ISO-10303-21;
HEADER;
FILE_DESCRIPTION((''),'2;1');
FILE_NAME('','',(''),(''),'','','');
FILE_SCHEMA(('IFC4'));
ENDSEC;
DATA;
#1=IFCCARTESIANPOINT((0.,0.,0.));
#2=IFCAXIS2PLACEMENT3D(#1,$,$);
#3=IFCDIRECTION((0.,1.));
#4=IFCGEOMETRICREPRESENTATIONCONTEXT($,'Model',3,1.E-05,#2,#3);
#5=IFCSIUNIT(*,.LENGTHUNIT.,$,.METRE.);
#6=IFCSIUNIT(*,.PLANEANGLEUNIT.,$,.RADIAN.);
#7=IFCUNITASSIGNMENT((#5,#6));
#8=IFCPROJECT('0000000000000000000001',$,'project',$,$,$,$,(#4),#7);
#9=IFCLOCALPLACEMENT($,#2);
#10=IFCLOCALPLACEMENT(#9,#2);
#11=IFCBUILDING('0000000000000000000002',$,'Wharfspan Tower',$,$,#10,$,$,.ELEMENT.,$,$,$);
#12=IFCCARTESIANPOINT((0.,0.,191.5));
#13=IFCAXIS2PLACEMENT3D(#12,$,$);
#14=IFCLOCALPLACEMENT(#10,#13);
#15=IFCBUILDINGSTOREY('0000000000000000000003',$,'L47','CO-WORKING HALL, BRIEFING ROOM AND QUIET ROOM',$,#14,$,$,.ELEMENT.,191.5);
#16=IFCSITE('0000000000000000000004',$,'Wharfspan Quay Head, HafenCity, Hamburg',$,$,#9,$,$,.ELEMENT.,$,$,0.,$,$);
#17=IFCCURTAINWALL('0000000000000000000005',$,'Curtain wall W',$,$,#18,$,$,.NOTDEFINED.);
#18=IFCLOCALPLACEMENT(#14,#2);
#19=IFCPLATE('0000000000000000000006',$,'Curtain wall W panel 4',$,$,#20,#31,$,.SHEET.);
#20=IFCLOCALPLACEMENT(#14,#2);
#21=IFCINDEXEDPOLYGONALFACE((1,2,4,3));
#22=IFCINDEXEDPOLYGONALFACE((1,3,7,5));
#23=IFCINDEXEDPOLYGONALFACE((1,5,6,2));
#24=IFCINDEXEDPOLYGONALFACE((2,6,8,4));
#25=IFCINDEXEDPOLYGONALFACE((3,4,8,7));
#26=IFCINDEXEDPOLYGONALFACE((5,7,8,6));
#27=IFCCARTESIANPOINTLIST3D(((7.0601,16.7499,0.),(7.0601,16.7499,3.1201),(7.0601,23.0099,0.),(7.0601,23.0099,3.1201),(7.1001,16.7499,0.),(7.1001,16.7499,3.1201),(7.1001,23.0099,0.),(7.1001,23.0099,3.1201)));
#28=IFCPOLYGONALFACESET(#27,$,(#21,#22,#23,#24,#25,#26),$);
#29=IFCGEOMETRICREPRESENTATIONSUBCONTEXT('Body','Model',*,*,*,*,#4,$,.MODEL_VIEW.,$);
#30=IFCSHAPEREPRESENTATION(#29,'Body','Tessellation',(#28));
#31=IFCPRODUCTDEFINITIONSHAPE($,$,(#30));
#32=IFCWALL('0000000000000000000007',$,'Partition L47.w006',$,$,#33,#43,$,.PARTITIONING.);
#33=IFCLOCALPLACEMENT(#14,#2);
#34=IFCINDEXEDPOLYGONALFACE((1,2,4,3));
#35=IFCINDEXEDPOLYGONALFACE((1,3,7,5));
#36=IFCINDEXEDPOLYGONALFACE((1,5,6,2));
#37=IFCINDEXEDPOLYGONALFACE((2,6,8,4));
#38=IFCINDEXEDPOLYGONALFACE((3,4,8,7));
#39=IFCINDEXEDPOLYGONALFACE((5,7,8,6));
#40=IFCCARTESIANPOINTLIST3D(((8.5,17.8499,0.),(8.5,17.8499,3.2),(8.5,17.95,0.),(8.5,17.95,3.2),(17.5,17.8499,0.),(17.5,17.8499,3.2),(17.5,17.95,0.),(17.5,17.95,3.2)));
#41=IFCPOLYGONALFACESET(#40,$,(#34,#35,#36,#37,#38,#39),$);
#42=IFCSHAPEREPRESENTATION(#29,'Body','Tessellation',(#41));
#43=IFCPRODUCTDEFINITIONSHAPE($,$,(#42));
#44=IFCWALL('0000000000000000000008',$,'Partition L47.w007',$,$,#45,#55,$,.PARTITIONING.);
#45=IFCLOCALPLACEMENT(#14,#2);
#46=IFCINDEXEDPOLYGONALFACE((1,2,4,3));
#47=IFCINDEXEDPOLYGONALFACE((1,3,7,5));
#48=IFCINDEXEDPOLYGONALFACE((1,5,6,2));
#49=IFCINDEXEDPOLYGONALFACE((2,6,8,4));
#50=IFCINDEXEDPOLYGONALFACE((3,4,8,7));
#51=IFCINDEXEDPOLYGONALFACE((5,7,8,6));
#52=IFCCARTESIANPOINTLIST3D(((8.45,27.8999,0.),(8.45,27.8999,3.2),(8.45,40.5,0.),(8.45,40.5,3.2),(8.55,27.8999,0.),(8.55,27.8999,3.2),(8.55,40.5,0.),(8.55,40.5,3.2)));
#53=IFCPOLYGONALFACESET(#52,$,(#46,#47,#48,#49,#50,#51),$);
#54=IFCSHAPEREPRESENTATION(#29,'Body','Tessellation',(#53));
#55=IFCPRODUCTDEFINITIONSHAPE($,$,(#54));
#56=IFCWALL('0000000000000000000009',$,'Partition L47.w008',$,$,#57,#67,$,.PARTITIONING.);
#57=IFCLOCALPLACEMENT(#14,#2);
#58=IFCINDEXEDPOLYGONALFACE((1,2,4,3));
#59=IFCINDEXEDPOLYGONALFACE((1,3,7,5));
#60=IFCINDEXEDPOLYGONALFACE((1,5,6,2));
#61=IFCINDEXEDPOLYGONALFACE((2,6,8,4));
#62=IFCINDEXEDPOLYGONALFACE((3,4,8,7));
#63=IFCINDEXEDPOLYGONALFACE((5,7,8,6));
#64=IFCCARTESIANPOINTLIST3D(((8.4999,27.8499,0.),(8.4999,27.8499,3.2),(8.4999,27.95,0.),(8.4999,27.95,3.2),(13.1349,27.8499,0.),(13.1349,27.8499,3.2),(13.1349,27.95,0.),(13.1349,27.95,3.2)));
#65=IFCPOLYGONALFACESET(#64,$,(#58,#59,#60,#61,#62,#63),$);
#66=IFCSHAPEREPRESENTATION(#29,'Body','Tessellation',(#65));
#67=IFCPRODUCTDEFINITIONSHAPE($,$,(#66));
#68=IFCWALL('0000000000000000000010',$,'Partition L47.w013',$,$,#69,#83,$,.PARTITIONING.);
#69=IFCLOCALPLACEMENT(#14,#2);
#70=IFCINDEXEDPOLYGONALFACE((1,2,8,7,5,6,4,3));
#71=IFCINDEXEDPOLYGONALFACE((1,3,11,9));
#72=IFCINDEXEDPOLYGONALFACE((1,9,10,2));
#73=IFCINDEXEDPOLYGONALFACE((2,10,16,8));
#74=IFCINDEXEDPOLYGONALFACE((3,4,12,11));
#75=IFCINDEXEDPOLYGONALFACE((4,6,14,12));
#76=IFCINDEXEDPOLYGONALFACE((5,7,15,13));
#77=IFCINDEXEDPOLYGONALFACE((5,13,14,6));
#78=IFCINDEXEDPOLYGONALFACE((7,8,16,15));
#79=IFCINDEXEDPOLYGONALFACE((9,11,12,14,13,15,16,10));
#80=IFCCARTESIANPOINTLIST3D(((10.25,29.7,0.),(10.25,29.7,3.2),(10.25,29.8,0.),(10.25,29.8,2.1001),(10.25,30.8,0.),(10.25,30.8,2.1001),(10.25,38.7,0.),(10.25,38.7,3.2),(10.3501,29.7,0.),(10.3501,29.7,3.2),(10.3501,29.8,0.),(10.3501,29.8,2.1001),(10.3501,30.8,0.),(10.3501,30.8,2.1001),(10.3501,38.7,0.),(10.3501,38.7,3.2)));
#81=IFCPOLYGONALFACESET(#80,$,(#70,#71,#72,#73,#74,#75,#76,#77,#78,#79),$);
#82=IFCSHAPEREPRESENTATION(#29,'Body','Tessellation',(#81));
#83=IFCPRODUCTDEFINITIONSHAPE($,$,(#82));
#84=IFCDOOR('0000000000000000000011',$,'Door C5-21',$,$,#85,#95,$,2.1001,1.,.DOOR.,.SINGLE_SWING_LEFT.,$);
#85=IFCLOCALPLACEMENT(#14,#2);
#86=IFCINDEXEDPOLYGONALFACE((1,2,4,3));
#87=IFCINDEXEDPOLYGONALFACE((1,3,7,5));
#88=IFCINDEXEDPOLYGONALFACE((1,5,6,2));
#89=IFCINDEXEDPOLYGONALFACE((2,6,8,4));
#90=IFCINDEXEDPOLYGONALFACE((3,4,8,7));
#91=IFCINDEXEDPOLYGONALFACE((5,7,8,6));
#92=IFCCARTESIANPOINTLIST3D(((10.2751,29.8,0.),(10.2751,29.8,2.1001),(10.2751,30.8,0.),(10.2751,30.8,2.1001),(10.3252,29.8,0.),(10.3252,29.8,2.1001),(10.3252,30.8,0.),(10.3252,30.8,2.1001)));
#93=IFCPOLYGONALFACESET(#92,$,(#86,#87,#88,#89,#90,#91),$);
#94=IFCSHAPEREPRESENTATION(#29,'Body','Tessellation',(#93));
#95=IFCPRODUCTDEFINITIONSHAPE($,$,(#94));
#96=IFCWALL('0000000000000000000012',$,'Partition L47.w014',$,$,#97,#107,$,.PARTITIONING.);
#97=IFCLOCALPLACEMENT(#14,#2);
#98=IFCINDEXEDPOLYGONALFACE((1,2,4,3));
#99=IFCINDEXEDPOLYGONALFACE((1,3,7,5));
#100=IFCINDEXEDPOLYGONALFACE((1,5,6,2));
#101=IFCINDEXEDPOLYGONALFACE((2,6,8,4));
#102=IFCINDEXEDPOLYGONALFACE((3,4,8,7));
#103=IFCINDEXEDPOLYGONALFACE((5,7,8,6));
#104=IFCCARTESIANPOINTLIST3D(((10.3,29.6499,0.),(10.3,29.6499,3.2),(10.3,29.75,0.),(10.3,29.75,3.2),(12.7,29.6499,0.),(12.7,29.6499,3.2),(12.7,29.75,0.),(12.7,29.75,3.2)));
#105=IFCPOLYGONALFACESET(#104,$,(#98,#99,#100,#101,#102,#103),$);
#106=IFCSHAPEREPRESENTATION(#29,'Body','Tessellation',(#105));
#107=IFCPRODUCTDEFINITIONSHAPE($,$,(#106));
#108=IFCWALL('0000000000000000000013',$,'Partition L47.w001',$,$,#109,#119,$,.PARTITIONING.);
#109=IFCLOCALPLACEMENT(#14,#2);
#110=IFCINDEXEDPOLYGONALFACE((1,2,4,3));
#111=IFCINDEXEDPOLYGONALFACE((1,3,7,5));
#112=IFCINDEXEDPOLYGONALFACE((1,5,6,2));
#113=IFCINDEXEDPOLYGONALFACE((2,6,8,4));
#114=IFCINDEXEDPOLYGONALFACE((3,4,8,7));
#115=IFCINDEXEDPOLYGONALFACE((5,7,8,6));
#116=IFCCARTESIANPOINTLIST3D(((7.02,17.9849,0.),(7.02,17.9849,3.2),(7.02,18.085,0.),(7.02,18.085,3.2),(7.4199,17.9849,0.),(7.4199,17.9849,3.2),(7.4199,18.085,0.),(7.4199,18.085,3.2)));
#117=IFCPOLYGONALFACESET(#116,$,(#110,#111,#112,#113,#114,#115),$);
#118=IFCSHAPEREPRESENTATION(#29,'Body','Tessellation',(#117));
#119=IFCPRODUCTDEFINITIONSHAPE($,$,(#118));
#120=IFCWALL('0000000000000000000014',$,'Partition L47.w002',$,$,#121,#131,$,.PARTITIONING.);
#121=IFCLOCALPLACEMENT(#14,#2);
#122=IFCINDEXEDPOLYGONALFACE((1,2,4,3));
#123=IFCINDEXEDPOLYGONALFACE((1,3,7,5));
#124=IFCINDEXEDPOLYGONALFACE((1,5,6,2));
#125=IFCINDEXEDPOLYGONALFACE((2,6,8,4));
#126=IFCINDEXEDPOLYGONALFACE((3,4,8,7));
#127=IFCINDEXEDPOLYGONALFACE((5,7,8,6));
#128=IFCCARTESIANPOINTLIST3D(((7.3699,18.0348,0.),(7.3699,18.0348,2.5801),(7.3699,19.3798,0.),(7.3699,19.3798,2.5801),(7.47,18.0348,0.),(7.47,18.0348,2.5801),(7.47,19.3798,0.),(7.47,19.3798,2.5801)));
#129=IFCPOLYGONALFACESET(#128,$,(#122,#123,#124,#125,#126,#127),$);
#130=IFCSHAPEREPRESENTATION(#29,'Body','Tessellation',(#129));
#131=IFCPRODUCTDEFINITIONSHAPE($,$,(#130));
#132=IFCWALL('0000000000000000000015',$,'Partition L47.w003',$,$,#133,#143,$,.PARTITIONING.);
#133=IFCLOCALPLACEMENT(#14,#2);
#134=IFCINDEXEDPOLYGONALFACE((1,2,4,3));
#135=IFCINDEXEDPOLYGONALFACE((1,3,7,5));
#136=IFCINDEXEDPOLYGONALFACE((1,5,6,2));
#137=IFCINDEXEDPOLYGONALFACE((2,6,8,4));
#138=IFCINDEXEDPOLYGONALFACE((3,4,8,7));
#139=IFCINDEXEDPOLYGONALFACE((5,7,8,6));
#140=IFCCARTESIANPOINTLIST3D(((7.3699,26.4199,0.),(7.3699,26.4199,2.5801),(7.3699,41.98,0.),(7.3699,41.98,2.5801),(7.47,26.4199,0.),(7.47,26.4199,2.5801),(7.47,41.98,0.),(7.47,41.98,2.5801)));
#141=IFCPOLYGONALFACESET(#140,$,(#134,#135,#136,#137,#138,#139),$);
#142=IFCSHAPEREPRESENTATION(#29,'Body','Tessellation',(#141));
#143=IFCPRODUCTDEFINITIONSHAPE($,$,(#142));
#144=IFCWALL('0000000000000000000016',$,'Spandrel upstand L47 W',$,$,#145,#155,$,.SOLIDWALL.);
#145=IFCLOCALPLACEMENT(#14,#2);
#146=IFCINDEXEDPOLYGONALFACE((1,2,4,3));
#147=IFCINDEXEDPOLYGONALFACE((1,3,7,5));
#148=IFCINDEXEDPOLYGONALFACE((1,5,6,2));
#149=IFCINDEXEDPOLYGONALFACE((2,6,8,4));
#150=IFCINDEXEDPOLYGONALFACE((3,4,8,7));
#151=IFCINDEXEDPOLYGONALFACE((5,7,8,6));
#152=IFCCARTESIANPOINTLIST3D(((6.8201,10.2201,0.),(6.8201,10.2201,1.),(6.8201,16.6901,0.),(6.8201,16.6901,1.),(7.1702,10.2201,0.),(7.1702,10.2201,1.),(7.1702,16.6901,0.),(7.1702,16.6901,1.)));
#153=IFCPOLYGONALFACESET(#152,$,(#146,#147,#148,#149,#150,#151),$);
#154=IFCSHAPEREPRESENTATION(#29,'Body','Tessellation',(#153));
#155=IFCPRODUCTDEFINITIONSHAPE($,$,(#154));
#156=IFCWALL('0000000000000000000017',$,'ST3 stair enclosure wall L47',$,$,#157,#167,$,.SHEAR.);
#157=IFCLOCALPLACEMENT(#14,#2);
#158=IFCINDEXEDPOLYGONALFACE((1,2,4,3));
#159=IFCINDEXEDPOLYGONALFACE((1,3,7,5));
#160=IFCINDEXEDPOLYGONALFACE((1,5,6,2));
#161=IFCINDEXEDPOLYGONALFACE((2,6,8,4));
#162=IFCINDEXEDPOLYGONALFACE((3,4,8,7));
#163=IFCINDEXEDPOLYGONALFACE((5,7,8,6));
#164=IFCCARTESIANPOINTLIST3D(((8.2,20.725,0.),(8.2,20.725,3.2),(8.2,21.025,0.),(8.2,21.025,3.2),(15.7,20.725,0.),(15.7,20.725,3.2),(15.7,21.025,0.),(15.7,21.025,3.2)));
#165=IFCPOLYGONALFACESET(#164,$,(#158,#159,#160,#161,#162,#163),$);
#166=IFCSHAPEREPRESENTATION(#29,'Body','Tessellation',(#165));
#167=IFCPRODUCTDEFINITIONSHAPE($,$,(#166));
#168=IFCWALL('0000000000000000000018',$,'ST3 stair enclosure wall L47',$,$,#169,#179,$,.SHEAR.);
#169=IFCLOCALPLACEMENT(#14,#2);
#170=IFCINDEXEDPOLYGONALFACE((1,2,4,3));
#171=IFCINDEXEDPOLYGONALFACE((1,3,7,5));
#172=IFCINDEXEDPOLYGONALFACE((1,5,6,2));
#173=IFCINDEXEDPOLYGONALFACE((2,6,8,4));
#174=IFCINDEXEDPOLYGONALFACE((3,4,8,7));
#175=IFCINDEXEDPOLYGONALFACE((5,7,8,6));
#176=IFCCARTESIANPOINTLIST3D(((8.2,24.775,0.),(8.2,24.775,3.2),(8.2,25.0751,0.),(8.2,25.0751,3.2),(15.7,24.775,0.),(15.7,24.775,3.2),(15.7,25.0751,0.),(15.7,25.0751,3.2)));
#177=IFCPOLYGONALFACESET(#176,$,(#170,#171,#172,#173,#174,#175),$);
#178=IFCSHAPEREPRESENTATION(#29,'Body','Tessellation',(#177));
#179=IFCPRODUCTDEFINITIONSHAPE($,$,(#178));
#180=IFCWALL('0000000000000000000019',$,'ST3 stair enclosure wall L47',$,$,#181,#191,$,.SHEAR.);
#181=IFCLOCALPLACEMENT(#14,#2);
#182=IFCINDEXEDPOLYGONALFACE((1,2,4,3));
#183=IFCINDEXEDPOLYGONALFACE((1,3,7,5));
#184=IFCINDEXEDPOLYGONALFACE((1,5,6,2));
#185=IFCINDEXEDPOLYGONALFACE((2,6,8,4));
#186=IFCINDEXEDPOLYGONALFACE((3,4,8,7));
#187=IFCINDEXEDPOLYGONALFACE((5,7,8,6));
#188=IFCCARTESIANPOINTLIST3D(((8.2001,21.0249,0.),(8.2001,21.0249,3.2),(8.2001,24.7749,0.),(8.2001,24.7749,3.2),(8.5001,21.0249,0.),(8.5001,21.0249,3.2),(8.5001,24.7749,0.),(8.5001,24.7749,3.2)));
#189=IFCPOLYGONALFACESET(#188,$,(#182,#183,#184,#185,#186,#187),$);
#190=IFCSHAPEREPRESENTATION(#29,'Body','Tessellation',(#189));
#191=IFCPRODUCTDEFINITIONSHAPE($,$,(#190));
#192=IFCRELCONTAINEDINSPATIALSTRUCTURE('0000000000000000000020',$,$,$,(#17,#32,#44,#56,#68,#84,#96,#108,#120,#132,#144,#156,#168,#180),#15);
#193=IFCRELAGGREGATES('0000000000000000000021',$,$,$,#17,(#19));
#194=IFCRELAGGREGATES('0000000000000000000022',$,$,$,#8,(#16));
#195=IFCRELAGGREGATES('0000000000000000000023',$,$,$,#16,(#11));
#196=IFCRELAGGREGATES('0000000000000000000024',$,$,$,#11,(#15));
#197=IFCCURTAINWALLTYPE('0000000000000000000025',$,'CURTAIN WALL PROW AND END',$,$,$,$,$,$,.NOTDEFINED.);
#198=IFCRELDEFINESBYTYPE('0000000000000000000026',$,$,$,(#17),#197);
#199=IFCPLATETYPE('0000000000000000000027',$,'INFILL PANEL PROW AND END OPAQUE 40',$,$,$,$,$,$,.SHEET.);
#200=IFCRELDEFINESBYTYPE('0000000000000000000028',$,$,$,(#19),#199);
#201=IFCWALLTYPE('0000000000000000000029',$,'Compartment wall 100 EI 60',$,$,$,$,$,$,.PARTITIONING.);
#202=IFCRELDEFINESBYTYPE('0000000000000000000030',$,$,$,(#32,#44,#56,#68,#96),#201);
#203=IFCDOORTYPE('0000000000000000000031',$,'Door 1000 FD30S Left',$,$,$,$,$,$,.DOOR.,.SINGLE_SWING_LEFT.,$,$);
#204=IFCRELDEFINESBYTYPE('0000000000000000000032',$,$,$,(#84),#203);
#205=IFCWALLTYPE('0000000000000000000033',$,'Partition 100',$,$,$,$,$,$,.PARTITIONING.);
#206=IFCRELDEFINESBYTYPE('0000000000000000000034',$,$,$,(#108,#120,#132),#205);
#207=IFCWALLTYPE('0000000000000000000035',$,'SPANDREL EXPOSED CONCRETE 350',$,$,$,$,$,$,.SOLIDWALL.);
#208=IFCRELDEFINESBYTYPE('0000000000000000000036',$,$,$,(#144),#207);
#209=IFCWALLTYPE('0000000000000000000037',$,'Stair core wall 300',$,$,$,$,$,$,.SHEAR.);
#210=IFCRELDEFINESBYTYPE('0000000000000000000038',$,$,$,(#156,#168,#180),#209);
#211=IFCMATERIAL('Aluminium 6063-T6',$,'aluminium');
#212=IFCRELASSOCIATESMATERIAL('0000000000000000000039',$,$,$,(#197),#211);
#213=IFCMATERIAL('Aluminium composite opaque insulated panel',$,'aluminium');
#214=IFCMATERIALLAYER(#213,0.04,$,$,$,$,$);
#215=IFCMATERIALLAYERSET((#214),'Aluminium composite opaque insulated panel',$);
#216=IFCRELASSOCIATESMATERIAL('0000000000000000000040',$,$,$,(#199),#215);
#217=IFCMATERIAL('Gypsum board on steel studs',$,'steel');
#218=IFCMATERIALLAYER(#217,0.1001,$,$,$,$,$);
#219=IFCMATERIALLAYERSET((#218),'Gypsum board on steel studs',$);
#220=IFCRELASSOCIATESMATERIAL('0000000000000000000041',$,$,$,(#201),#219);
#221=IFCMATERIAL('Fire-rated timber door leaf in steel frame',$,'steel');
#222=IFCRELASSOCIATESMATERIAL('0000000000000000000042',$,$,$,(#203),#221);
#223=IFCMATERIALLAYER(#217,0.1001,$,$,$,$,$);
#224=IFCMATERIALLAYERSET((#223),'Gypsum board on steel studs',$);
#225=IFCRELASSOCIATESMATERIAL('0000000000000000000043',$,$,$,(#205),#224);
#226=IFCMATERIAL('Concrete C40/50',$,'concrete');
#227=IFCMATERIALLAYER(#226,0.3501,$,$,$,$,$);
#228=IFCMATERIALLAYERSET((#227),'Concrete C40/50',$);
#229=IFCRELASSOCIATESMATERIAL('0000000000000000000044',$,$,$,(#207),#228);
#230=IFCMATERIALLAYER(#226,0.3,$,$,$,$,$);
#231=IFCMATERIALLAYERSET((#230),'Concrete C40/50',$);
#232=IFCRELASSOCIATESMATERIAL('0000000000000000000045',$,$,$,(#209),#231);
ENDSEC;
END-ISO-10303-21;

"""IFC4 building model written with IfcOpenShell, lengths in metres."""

from ifc_helpers import new_model, si_unit, direction, frame, frame_2d, origin, origin_2d, place, context, subcontext, project, spatial, rectangle, extrude, material, layer, layer_set, type_object, element, fill, aggregate, save


model = new_model("IFC4")

# Units and contexts
model_context = context("Model", 3, precision=1e-05, world=origin(), true_north=direction((0.0, 1.0)))
body_context = subcontext(model_context, "Body", "Model", "MODEL_VIEW")
ifc_project = project(units=[si_unit("LENGTHUNIT", "METRE"), si_unit("PLANEANGLEUNIT", "RADIAN")], contexts=[model_context])

# Site, building, storey
site_placement = place(None, origin())
site = spatial("IfcSite", under=ifc_project, at=site_placement, Name="Wharfspan Quay Head, HafenCity, Hamburg", CompositionType="ELEMENT", RefElevation=0.0)
building_placement = place(site_placement, origin())
building = spatial("IfcBuilding", under=site, at=building_placement, Name="Wharfspan Tower", CompositionType="ELEMENT")
storey_placement = place(building_placement, frame((0.0, 0.0, 191.5)))
storey = spatial("IfcBuildingStorey", under=building, at=storey_placement, Name="L47", Description="CO-WORKING HALL, BRIEFING ROOM AND QUIET ROOM", CompositionType="ELEMENT", Elevation=191.5)

# Curtain wall
ifc_material_1 = material(Name="Aluminium 6063-T6", Category="aluminium")
curtain_wall_type = type_object("IfcCurtainWallType", Name="CURTAIN WALL PROW AND END", PredefinedType="NOTDEFINED", material=ifc_material_1)
curtain_wall_placement = place(storey_placement, origin())
curtain_wall = element("IfcCurtainWall", 1, at=curtain_wall_placement, inside=storey, type_object=curtain_wall_type, Name="Curtain wall W", PredefinedType="NOTDEFINED")

# Plate
ifc_material_2 = material(Name="Aluminium composite opaque insulated panel", Category="aluminium")
ifc_layer_1 = layer(ifc_material_2, 0.04)
ifc_layer_set_1 = layer_set([ifc_layer_1], Name="Aluminium composite opaque insulated panel")
plate_type = type_object("IfcPlateType", Name="INFILL PANEL PROW AND END OPAQUE 40", PredefinedType="SHEET", material=ifc_layer_set_1)
plate_1_placement = place(storey_placement, frame((7.0801, 19.8799, 0.0), z_axis=(0.0, 0.0, 1.0), x_axis=(0.0, -1.0, 0.0)))
plate_1 = element("IfcPlate", 2, at=plate_1_placement, type_object=plate_type, Name="Curtain wall W panel 4", PredefinedType="SHEET", context=body_context, shape_type="SweptSolid", body=[
    extrude(rectangle(XDim=6.26, YDim=0.04, at=origin_2d()), origin(), (0.0, 0.0, 1.0), 3.1201),
])
aggregate(curtain_wall, [plate_1])

# Walls
ifc_material_3 = material(Name="Gypsum board on steel studs", Category="steel")
ifc_layer_2 = layer(ifc_material_3, 0.1001)
ifc_layer_set_2 = layer_set([ifc_layer_2], Name="Gypsum board on steel studs")
wall_type_1 = type_object("IfcWallType", Name="Compartment wall 100 EI 60", PredefinedType="PARTITIONING", material=ifc_layer_set_2)
wall_1_placement = place(storey_placement, frame((8.5, 17.8999, 0.0), z_axis=(0.0, 0.0, 1.0), x_axis=(1.0, 0.0, 0.0)))
element("IfcWall", 3, at=wall_1_placement, inside=storey, type_object=wall_type_1, Name="Partition L47.w006", PredefinedType="PARTITIONING", context=body_context, shape_type="SweptSolid", body=[
    extrude(rectangle(XDim=9.0, YDim=0.1001, at=frame_2d((4.5, 0.0))), origin(), (0.0, 0.0, 1.0), 3.2),
])
wall_2_placement = place(storey_placement, frame((8.5, 27.8999, 0.0), z_axis=(0.0, 0.0, 1.0), x_axis=(0.0, 1.0, 0.0)))
element("IfcWall", 4, at=wall_2_placement, inside=storey, type_object=wall_type_1, Name="Partition L47.w007", PredefinedType="PARTITIONING", context=body_context, shape_type="SweptSolid", body=[
    extrude(rectangle(XDim=12.6001, YDim=0.1001, at=frame_2d((6.3, 0.0))), origin(), (0.0, 0.0, 1.0), 3.2),
])
wall_3_placement = place(storey_placement, frame((8.5, 27.8999, 0.0), z_axis=(0.0, 0.0, 1.0), x_axis=(1.0, 0.0, 0.0)))
element("IfcWall", 5, at=wall_3_placement, inside=storey, type_object=wall_type_1, Name="Partition L47.w008", PredefinedType="PARTITIONING", context=body_context, shape_type="SweptSolid", body=[
    extrude(rectangle(XDim=4.635, YDim=0.1001, at=frame_2d((2.3174, 0.0))), origin(), (0.0, 0.0, 1.0), 3.2),
])

# Wall, opening, door
wall_4_placement = place(storey_placement, frame((10.3, 29.7, 0.0), z_axis=(0.0, 0.0, 1.0), x_axis=(0.0, 1.0, 0.0)))
wall_4 = element("IfcWall", 6, at=wall_4_placement, inside=storey, type_object=wall_type_1, Name="Partition L47.w013", PredefinedType="PARTITIONING", context=body_context, shape_type="SweptSolid", body=[
    extrude(rectangle(XDim=9.0, YDim=0.1001, at=frame_2d((4.5, 0.0))), origin(), (0.0, 0.0, 1.0), 3.2),
])
opening_placement = place(wall_4_placement, frame((0.1001, 0.0, 0.0)))
opening = element("IfcOpeningElement", 7, at=opening_placement, cuts=wall_4, PredefinedType="OPENING", context=body_context, shape_type="SweptSolid", body=[
    extrude(rectangle(XDim=1.0, YDim=2.1001, at=frame_2d((0.5, 1.05))), frame((0.0, 0.0601, 0.0), z_axis=(0.0, -1.0, 0.0), x_axis=(1.0, 0.0, 0.0)), (0.0, 0.0, 1.0), 0.1201),
])
ifc_material_4 = material(Name="Fire-rated timber door leaf in steel frame", Category="steel")
door_type = type_object("IfcDoorType", Name="Door 1000 FD30S Left", OperationType="SINGLE_SWING_LEFT", PredefinedType="DOOR", material=ifc_material_4)
door_placement = place(opening_placement, origin())
door = element("IfcDoor", 8, at=door_placement, inside=storey, type_object=door_type, Name="Door C5-21", OperationType="SINGLE_SWING_LEFT", OverallHeight=2.1001, OverallWidth=1.0, PredefinedType="DOOR", context=body_context, shape_type="SweptSolid", body=[
    extrude(rectangle(XDim=1.0, YDim=2.1001, at=frame_2d((0.5, 1.05))), frame((0.0, 0.0249, 0.0), z_axis=(0.0, -1.0, 0.0), x_axis=(1.0, 0.0, 0.0)), (0.0, 0.0, 1.0), 0.05),
])
fill(opening, door)

# Walls
wall_5_placement = place(storey_placement, frame((10.3, 29.7, 0.0), z_axis=(0.0, 0.0, 1.0), x_axis=(1.0, 0.0, 0.0)))
element("IfcWall", 9, at=wall_5_placement, inside=storey, type_object=wall_type_1, Name="Partition L47.w014", PredefinedType="PARTITIONING", context=body_context, shape_type="SweptSolid", body=[
    extrude(rectangle(XDim=2.3999, YDim=0.1001, at=frame_2d((1.2, 0.0))), origin(), (0.0, 0.0, 1.0), 3.2),
])
ifc_layer_3 = layer(ifc_material_3, 0.1001)
ifc_layer_set_3 = layer_set([ifc_layer_3], Name="Gypsum board on steel studs")
wall_type_2 = type_object("IfcWallType", Name="Partition 100", PredefinedType="PARTITIONING", material=ifc_layer_set_3)
wall_6_placement = place(storey_placement, frame((7.02, 18.0349, 0.0), z_axis=(0.0, 0.0, 1.0), x_axis=(1.0, 0.0, 0.0)))
element("IfcWall", 10, at=wall_6_placement, inside=storey, type_object=wall_type_2, Name="Partition L47.w001", PredefinedType="PARTITIONING", context=body_context, shape_type="SweptSolid", body=[
    extrude(rectangle(XDim=0.3999, YDim=0.1001, at=frame_2d((0.2, 0.0))), origin(), (0.0, 0.0, 1.0), 3.2),
])
wall_7_placement = place(storey_placement, frame((7.4199, 18.0349, 0.0), z_axis=(0.0, 0.0, 1.0), x_axis=(0.0, 1.0, 0.0)))
element("IfcWall", 11, at=wall_7_placement, inside=storey, type_object=wall_type_2, Name="Partition L47.w002", PredefinedType="PARTITIONING", context=body_context, shape_type="SweptSolid", body=[
    extrude(rectangle(XDim=1.345, YDim=0.1001, at=frame_2d((0.6724, 0.0))), origin(), (0.0, 0.0, 1.0), 2.5801),
])
wall_8_placement = place(storey_placement, frame((7.4199, 26.4199, 0.0), z_axis=(0.0, 0.0, 1.0), x_axis=(0.0, 1.0, 0.0)))
element("IfcWall", 12, at=wall_8_placement, inside=storey, type_object=wall_type_2, Name="Partition L47.w003", PredefinedType="PARTITIONING", context=body_context, shape_type="SweptSolid", body=[
    extrude(rectangle(XDim=15.5601, YDim=0.1001, at=frame_2d((7.78, 0.0))), origin(), (0.0, 0.0, 1.0), 2.5801),
])
ifc_material_5 = material(Name="Concrete C40/50", Category="concrete")
ifc_layer_4 = layer(ifc_material_5, 0.3501)
ifc_layer_set_4 = layer_set([ifc_layer_4], Name="Concrete C40/50")
wall_type_3 = type_object("IfcWallType", Name="SPANDREL EXPOSED CONCRETE 350", PredefinedType="SOLIDWALL", material=ifc_layer_set_4)
wall_9_placement = place(storey_placement, frame((6.9951, 16.6899, 0.0), z_axis=(0.0, 0.0, 1.0), x_axis=(0.0, -1.0, 0.0)))
element("IfcWall", 13, at=wall_9_placement, inside=storey, type_object=wall_type_3, Name="Spandrel upstand L47 W", PredefinedType="SOLIDWALL", context=body_context, shape_type="SweptSolid", body=[
    extrude(rectangle(XDim=6.47, YDim=0.3501, at=frame_2d((3.2349, 0.0))), origin(), (0.0, 0.0, 1.0), 1.0),
])
ifc_layer_5 = layer(ifc_material_5, 0.3)
ifc_layer_set_5 = layer_set([ifc_layer_5], Name="Concrete C40/50")
wall_type_4 = type_object("IfcWallType", Name="Stair core wall 300", PredefinedType="SHEAR", material=ifc_layer_set_5)
for number, where, z_axis, x_axis, name in (
    (14, (8.2, 20.875, 0.0), (0.0, 0.0, 1.0), (1.0, 0.0, 0.0), "ST3 stair enclosure wall L47"),
    (15, (8.2, 24.925, 0.0), (0.0, 0.0, 1.0), (1.0, 0.0, 0.0), "ST3 stair enclosure wall L47"),
):
    element("IfcWall", number, at=place(storey_placement, frame(where, z_axis=z_axis, x_axis=x_axis)), inside=storey, type_object=wall_type_4, Name=name, PredefinedType="SHEAR", context=body_context, shape_type="SweptSolid", body=[
        extrude(rectangle(XDim=7.5, YDim=0.3, at=frame_2d((3.75, 0.0))), origin(), (0.0, 0.0, 1.0), 3.2),
    ])
wall_10_placement = place(storey_placement, frame((8.3501, 21.0249, 0.0), z_axis=(0.0, 0.0, 1.0), x_axis=(0.0, 1.0, 0.0)))
element("IfcWall", 16, at=wall_10_placement, inside=storey, type_object=wall_type_4, Name="ST3 stair enclosure wall L47", PredefinedType="SHEAR", context=body_context, shape_type="SweptSolid", body=[
    extrude(rectangle(XDim=3.75, YDim=0.3, at=frame_2d((1.875, 0.0))), origin(), (0.0, 0.0, 1.0), 3.2),
])

save(model, "model.ifc")
